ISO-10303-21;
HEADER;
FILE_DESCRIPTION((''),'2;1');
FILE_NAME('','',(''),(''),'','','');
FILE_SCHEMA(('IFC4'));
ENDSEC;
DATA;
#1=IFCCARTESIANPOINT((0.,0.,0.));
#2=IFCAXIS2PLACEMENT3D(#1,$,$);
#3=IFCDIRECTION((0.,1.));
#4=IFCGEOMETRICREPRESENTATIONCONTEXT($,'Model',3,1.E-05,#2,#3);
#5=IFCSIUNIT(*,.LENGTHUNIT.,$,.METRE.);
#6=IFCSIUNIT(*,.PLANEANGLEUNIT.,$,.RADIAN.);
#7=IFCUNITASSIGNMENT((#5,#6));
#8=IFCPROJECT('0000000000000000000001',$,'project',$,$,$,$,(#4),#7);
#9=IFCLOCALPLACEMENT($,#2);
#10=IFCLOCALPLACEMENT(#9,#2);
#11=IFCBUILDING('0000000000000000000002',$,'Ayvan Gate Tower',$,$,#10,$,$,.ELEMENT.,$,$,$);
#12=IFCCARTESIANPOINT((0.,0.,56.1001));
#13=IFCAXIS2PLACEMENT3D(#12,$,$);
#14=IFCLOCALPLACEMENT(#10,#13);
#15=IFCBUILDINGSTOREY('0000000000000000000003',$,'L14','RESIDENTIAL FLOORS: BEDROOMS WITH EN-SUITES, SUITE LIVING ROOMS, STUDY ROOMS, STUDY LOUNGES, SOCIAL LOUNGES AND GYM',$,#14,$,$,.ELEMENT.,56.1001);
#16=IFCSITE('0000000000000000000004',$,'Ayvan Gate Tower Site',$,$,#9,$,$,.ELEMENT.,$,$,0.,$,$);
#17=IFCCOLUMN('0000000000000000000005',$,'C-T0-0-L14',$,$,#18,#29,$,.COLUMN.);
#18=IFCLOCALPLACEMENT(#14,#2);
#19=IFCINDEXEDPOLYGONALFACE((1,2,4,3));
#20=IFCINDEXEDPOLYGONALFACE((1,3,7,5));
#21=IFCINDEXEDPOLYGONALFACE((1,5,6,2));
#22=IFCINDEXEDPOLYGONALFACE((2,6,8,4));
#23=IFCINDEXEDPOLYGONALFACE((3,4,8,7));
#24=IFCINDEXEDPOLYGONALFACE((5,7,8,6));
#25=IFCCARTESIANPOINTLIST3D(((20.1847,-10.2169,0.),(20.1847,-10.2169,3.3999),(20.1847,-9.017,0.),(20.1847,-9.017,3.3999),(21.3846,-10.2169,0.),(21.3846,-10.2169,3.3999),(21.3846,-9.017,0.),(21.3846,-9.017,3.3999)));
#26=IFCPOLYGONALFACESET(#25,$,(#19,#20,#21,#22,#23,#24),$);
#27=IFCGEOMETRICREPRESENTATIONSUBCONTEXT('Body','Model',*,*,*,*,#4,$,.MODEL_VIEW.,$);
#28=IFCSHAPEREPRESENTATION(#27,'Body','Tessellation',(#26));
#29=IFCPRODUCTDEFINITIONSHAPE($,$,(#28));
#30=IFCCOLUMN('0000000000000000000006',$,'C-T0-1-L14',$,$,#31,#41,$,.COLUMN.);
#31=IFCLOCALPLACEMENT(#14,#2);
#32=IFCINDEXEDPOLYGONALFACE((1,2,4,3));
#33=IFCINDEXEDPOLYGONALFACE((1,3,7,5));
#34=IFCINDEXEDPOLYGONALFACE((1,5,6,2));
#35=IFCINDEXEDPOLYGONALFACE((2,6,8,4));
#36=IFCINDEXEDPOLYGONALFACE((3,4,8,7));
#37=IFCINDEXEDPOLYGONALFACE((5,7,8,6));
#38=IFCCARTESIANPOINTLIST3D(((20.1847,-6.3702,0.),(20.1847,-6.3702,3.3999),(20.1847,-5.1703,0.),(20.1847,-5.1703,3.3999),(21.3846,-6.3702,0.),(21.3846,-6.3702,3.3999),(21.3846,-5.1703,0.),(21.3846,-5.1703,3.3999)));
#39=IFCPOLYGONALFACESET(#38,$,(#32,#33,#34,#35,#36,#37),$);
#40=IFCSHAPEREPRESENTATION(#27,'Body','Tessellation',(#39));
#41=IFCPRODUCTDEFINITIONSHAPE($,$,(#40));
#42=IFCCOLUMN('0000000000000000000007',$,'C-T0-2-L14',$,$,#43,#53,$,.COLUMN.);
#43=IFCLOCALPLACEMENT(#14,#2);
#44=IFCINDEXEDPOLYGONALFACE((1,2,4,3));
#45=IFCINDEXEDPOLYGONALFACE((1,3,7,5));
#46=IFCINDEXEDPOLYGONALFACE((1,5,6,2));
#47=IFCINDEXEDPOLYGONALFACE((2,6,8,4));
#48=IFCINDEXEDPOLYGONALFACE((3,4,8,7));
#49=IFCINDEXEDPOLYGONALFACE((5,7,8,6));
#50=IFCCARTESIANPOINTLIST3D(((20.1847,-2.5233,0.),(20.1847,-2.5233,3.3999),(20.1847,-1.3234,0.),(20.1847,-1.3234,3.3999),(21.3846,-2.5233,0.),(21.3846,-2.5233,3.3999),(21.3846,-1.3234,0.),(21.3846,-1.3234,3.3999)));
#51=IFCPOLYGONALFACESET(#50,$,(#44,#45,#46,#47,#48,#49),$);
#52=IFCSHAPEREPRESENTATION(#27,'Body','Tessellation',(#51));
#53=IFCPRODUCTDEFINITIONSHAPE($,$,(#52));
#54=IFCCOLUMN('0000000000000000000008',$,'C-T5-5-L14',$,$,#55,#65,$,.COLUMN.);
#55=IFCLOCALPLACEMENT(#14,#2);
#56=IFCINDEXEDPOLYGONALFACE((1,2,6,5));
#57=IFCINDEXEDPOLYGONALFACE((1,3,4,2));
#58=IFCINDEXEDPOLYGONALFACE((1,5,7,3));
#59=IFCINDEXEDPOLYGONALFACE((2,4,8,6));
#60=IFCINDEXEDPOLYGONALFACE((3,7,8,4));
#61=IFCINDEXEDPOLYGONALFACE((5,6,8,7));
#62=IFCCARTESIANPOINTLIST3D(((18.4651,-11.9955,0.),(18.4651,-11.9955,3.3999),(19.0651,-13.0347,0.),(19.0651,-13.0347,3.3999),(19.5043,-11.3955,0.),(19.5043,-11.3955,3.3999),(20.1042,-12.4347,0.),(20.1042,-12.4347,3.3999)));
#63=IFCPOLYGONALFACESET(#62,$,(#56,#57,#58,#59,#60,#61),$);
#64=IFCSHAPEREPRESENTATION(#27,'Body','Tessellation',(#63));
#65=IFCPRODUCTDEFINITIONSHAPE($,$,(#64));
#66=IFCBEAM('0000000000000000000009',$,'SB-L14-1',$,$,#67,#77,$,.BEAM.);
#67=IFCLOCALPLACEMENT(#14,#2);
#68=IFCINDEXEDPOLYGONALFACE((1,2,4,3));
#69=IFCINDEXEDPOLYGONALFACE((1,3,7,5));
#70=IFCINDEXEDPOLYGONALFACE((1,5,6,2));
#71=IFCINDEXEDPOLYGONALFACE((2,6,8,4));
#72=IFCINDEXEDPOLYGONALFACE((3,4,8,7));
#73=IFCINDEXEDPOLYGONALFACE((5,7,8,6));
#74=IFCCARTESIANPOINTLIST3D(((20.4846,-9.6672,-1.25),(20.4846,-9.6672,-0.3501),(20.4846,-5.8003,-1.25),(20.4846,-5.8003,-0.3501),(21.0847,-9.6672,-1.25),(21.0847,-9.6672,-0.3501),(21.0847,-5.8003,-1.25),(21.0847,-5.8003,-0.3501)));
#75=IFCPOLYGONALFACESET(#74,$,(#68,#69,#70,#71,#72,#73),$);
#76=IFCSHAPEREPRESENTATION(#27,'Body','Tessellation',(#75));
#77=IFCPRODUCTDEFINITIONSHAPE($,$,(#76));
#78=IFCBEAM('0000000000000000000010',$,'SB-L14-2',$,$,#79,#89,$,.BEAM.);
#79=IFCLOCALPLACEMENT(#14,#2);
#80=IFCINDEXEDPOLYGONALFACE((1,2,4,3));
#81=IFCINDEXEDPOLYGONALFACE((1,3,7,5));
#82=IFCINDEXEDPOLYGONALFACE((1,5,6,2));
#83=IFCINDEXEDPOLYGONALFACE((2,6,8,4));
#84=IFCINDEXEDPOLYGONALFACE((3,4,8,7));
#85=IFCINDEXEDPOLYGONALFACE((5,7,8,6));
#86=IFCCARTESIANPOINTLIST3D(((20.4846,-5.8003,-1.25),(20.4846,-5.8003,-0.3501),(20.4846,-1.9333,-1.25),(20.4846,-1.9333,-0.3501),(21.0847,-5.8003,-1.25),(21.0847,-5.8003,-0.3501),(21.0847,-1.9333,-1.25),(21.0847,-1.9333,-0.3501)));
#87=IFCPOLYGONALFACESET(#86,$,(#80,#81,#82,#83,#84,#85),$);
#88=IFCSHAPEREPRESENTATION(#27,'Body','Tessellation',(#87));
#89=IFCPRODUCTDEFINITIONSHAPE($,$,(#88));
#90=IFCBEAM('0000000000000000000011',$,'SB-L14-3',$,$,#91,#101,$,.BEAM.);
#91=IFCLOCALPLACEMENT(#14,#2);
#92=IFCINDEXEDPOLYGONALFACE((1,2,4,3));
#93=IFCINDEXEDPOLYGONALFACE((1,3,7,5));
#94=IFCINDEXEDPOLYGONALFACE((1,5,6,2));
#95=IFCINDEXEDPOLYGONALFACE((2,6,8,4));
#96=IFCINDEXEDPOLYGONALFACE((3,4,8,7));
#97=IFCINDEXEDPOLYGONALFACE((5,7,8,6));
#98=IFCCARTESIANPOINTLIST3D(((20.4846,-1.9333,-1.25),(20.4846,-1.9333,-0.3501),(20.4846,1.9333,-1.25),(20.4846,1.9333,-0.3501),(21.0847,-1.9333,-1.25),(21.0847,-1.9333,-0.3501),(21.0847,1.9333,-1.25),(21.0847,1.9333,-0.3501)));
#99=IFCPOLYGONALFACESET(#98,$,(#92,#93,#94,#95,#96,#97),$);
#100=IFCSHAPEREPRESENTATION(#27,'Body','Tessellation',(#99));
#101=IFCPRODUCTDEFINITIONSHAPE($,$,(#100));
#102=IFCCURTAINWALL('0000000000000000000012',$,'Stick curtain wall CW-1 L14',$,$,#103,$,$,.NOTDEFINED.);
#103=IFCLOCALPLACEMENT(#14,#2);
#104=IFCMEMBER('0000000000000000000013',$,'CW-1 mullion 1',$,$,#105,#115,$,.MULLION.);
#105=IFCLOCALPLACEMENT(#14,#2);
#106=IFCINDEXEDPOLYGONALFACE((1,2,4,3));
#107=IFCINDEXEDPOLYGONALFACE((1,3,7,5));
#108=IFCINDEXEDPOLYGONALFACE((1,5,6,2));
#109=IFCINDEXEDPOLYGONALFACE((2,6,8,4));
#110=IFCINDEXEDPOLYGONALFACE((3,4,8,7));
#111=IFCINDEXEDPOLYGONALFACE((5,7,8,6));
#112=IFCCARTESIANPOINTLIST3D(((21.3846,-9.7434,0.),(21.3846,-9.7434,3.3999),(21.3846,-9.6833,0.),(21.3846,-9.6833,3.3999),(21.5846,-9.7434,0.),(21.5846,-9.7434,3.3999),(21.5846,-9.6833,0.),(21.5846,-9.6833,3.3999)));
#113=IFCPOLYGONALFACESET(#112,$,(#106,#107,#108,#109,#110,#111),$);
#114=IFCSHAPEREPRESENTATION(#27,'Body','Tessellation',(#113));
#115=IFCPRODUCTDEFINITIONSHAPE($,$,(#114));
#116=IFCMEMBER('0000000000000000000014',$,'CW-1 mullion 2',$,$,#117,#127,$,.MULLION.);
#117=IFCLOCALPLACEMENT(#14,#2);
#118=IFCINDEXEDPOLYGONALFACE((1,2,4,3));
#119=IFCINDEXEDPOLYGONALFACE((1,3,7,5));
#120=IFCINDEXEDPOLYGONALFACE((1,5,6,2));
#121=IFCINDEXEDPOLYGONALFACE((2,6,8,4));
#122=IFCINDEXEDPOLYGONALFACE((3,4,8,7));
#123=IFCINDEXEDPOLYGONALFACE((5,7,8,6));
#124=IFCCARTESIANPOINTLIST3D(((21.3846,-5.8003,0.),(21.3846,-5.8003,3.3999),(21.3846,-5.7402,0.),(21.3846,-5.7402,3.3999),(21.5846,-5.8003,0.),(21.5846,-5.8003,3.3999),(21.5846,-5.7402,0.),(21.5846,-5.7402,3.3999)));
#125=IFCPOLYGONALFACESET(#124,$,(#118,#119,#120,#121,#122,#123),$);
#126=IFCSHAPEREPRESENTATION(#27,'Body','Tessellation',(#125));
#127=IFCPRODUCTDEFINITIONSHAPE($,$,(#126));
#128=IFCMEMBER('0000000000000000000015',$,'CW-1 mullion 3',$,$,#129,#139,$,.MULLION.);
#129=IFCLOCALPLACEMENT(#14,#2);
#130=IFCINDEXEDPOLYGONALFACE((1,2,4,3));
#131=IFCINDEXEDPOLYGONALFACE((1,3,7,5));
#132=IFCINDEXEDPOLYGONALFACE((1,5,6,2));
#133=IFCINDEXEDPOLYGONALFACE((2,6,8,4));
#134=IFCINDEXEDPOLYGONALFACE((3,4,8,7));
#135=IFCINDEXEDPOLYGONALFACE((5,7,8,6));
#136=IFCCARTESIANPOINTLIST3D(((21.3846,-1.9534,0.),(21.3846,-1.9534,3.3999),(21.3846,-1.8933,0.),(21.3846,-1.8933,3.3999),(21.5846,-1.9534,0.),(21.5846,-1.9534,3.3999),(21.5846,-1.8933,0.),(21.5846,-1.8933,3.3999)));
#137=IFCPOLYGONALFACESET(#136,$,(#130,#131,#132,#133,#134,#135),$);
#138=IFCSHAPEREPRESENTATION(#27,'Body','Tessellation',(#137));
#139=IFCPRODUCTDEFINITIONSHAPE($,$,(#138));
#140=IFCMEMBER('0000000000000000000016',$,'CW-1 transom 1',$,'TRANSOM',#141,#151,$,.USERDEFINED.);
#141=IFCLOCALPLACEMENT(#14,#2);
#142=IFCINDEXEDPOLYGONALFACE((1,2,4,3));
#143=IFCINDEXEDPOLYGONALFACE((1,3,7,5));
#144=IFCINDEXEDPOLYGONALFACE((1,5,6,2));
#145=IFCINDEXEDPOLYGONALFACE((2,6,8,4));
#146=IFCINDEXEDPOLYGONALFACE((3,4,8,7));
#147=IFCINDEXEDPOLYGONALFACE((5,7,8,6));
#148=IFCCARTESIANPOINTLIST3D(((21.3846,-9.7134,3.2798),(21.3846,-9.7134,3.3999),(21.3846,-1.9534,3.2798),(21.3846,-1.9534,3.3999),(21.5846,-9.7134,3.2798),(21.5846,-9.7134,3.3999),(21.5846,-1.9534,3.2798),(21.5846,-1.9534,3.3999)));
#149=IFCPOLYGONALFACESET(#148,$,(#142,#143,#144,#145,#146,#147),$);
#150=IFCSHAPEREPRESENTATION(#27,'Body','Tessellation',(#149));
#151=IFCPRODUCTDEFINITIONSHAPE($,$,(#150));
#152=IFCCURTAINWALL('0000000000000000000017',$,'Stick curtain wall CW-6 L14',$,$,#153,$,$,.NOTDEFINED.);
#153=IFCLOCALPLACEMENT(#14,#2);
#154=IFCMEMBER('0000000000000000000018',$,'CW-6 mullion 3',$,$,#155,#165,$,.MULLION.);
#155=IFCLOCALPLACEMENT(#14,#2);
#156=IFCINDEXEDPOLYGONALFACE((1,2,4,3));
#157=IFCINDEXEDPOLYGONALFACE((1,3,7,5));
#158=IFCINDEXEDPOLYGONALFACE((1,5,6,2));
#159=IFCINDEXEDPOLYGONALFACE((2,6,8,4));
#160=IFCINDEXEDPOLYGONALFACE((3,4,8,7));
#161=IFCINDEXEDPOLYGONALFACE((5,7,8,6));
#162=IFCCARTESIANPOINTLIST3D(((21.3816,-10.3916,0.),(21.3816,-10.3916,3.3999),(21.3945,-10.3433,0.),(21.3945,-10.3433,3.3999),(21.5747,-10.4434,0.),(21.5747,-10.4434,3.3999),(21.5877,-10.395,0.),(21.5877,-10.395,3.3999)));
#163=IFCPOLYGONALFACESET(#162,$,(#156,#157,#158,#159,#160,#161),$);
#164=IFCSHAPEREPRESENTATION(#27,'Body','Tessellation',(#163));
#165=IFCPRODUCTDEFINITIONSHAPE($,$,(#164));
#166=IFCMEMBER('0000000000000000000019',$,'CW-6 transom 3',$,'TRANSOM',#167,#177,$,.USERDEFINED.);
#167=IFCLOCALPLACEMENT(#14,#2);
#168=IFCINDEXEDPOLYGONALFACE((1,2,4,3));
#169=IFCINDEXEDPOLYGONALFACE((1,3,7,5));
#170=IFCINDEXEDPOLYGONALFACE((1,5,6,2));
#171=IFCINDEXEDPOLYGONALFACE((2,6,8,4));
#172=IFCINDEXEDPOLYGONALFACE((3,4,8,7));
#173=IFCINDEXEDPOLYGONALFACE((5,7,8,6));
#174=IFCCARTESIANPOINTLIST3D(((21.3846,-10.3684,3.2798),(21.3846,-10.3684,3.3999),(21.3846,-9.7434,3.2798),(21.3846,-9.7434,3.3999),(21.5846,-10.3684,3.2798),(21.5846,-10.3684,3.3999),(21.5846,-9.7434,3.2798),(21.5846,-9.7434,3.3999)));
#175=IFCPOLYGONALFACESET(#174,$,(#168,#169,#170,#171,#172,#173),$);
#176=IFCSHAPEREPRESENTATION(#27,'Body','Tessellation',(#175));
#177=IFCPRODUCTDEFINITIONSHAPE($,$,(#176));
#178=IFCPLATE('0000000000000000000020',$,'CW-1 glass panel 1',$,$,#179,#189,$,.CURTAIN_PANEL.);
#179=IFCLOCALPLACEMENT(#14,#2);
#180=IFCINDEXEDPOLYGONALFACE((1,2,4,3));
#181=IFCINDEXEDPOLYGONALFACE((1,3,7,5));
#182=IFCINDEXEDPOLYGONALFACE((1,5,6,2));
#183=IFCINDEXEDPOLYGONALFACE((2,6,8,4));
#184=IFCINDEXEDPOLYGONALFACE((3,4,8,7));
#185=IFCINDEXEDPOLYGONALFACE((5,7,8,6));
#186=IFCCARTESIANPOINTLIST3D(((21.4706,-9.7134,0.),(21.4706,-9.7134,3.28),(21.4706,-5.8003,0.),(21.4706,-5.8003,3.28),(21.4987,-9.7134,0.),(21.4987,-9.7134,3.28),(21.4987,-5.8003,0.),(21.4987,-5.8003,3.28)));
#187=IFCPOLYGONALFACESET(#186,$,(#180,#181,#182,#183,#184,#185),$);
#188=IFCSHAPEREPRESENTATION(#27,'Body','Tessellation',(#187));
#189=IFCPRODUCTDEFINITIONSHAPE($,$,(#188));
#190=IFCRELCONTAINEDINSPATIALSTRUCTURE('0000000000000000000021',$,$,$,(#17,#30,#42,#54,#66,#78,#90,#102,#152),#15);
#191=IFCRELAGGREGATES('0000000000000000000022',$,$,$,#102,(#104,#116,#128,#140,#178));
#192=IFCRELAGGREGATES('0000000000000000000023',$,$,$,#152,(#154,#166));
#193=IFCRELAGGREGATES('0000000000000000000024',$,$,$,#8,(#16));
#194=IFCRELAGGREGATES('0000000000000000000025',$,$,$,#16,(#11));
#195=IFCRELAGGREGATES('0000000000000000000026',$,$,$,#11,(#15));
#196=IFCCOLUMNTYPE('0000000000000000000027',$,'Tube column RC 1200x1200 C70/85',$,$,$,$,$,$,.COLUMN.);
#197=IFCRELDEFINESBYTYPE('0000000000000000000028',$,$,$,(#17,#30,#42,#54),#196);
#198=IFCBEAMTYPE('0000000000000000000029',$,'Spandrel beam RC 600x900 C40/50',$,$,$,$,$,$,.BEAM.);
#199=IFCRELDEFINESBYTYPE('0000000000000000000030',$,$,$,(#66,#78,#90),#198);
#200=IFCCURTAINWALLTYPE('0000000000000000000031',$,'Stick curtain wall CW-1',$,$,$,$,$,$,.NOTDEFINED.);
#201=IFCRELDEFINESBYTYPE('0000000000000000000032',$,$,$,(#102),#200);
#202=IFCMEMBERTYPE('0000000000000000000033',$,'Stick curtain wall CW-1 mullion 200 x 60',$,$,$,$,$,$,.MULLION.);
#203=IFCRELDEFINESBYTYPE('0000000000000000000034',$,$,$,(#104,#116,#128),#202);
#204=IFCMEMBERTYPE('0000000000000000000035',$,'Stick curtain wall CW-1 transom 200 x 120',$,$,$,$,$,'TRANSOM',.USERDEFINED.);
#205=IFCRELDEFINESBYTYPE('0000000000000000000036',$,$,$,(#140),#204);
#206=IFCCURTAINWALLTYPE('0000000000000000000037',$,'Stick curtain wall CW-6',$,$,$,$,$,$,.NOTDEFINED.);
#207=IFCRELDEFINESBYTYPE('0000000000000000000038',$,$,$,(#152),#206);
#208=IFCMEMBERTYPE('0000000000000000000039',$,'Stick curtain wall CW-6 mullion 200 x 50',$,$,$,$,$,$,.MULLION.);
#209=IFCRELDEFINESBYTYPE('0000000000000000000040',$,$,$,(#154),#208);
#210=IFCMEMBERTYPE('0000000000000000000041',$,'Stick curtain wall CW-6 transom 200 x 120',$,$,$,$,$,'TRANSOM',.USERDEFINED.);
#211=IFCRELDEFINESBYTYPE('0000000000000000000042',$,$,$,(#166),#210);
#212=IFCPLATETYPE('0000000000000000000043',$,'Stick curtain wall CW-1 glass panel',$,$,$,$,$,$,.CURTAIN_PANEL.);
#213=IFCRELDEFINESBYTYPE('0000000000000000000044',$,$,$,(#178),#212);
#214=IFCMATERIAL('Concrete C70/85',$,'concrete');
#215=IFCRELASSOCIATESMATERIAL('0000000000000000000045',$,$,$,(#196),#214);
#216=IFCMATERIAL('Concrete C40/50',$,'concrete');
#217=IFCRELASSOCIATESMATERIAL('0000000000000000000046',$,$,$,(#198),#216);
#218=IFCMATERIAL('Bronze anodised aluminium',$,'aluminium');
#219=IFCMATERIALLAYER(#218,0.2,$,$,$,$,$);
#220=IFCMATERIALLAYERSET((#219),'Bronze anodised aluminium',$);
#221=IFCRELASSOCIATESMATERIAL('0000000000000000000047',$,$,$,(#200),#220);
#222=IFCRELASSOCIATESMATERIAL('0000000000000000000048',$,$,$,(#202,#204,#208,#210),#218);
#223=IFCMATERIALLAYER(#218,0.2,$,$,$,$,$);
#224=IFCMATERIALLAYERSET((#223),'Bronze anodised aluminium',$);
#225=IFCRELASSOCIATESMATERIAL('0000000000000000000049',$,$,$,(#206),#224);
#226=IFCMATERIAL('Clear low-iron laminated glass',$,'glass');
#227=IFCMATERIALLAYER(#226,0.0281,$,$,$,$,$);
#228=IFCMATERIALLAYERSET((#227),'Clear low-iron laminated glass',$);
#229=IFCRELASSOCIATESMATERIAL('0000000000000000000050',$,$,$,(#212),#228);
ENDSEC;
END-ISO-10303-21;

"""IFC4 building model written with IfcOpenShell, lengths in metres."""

from ifc_helpers import new_model, si_unit, direction, frame, origin, origin_2d, place, context, subcontext, project, spatial, rectangle, extrude, material, layer, layer_set, material_profile, profile_set, type_object, element, aggregate, save


model = new_model("IFC4")

# Units and contexts
model_context = context("Model", 3, precision=1e-05, world=origin(), true_north=direction((0.0, 1.0)))
body_context = subcontext(model_context, "Body", "Model", "MODEL_VIEW")
ifc_project = project(units=[si_unit("LENGTHUNIT", "METRE"), si_unit("PLANEANGLEUNIT", "RADIAN")], contexts=[model_context])

# Site, building, storey
site_placement = place(None, origin())
site = spatial("IfcSite", under=ifc_project, at=site_placement, Name="Ayvan Gate Tower Site", CompositionType="ELEMENT", RefElevation=0.0)
building_placement = place(site_placement, origin())
building = spatial("IfcBuilding", under=site, at=building_placement, Name="Ayvan Gate Tower", CompositionType="ELEMENT")
storey_placement = place(building_placement, frame((0.0, 0.0, 56.1001)))
storey = spatial("IfcBuildingStorey", under=building, at=storey_placement, Name="L14", Description="RESIDENTIAL FLOORS: BEDROOMS WITH EN-SUITES, SUITE LIVING ROOMS, STUDY ROOMS, STUDY LOUNGES, SOCIAL LOUNGES AND GYM", CompositionType="ELEMENT", Elevation=56.1001)

# Columns
ifc_material_1 = material(Name="Concrete C70/85", Category="concrete")
ifc_material_profile_1 = material_profile(ifc_material_1, rectangle(XDim=1.2, YDim=1.2, at=origin_2d()), Name="RC 1200x1200")
ifc_profile_set_1 = profile_set([ifc_material_profile_1], Name="Concrete C70/85")
column_type = type_object("IfcColumnType", Name="Tube column RC 1200x1200 C70/85", PredefinedType="COLUMN", material=ifc_profile_set_1)
for number, where, z_axis, x_axis, name in (
    (1, (20.7847, -9.6169, 0.0), (0.0, 0.0, 1.0), (1.0, 0.0, 0.0), "C-T0-0-L14"),
    (2, (20.7847, -5.7703, 0.0), (0.0, 0.0, 1.0), (1.0, 0.0, 0.0), "C-T0-1-L14"),
    (3, (20.7847, -1.9233, 0.0), (0.0, 0.0, 1.0), (1.0, 0.0, 0.0), "C-T0-2-L14"),
    (4, (19.2847, -12.2151, 0.0), (0.0, 0.0, 1.0), (0.5, -0.866025, 0.0), "C-T5-5-L14"),
):
    element("IfcColumn", number, at=place(storey_placement, frame(where, z_axis=z_axis, x_axis=x_axis)), inside=storey, type_object=column_type, Name=name, PredefinedType="COLUMN", context=body_context, shape_type="SweptSolid", body=[
        extrude(rectangle(XDim=1.2, YDim=1.2, at=origin_2d()), origin(), (0.0, 0.0, 1.0), 3.3999),
    ])

# Beams
ifc_material_2 = material(Name="Concrete C40/50", Category="concrete")
ifc_material_profile_2 = material_profile(ifc_material_2, rectangle(XDim=0.6001, YDim=0.8999, at=origin_2d()), Name="RC 600x900")
ifc_profile_set_2 = profile_set([ifc_material_profile_2], Name="Concrete C40/50")
beam_type = type_object("IfcBeamType", Name="Spandrel beam RC 600x900 C40/50", PredefinedType="BEAM", material=ifc_profile_set_2)
for number, where, z_axis, x_axis, name in (
    (5, (20.7847, -9.6672, -0.8), (0.0, 1.0, 0.0), (-1.0, 0.0, 0.0), "SB-L14-1"),
    (6, (20.7847, -5.8003, -0.8), (0.0, 1.0, 0.0), (-1.0, 0.0, 0.0), "SB-L14-2"),
):
    element("IfcBeam", number, at=place(storey_placement, frame(where, z_axis=z_axis, x_axis=x_axis)), inside=storey, type_object=beam_type, Name=name, PredefinedType="BEAM", context=body_context, shape_type="SweptSolid", body=[
        extrude(rectangle(XDim=0.6001, YDim=0.8999, at=origin_2d()), origin(), (0.0, 0.0, 1.0), 3.8669),
    ])
beam_placement = place(storey_placement, frame((20.7847, -1.9333, -0.8), z_axis=(0.0, 1.0, 0.0), x_axis=(-1.0, 0.0, 0.0)))
element("IfcBeam", 7, at=beam_placement, inside=storey, type_object=beam_type, Name="SB-L14-3", PredefinedType="BEAM", context=body_context, shape_type="SweptSolid", body=[
    extrude(rectangle(XDim=0.6001, YDim=0.8999, at=origin_2d()), origin(), (0.0, 0.0, 1.0), 3.8667),
])

# Curtain walls, members
ifc_material_3 = material(Name="Bronze anodised aluminium", Category="aluminium")
ifc_layer_1 = layer(ifc_material_3, 0.2)
ifc_layer_set_1 = layer_set([ifc_layer_1], Name="Bronze anodised aluminium")
curtain_wall_type_1 = type_object("IfcCurtainWallType", Name="Stick curtain wall CW-1", PredefinedType="NOTDEFINED", material=ifc_layer_set_1)
curtain_wall_1_placement = place(storey_placement, origin())
curtain_wall_1 = element("IfcCurtainWall", 8, at=curtain_wall_1_placement, inside=storey, type_object=curtain_wall_type_1, Name="Stick curtain wall CW-1 L14", PredefinedType="NOTDEFINED")
ifc_material_profile_3 = material_profile(ifc_material_3, rectangle(XDim=0.2, YDim=0.0601, at=origin_2d()), Name="Stick curtain wall CW-1 mullion 200 x 60")
ifc_profile_set_3 = profile_set([ifc_material_profile_3], Name="Bronze anodised aluminium")
member_type_1 = type_object("IfcMemberType", Name="Stick curtain wall CW-1 mullion 200 x 60", PredefinedType="MULLION", material=ifc_profile_set_3)
member_1_placement = place(storey_placement, frame((21.4846, -9.7134, 0.0), z_axis=(0.0, 0.0, 1.0), x_axis=(1.0, 0.0, 0.0)))
member_1 = element("IfcMember", 9, at=member_1_placement, type_object=member_type_1, Name="CW-1 mullion 1", PredefinedType="MULLION", context=body_context, shape_type="SweptSolid", body=[
    extrude(rectangle(XDim=0.2, YDim=0.0601, at=origin_2d()), origin(), (0.0, 0.0, 1.0), 3.3999),
])
member_2_placement = place(storey_placement, frame((21.4846, -5.7703, 0.0), z_axis=(0.0, 0.0, 1.0), x_axis=(1.0, 0.0, 0.0)))
member_2 = element("IfcMember", 10, at=member_2_placement, type_object=member_type_1, Name="CW-1 mullion 2", PredefinedType="MULLION", context=body_context, shape_type="SweptSolid", body=[
    extrude(rectangle(XDim=0.2, YDim=0.0601, at=origin_2d()), origin(), (0.0, 0.0, 1.0), 3.3999),
])
member_3_placement = place(storey_placement, frame((21.4846, -1.9233, 0.0), z_axis=(0.0, 0.0, 1.0), x_axis=(1.0, 0.0, 0.0)))
member_3 = element("IfcMember", 11, at=member_3_placement, type_object=member_type_1, Name="CW-1 mullion 3", PredefinedType="MULLION", context=body_context, shape_type="SweptSolid", body=[
    extrude(rectangle(XDim=0.2, YDim=0.0601, at=origin_2d()), origin(), (0.0, 0.0, 1.0), 3.3999),
])
ifc_material_profile_4 = material_profile(ifc_material_3, rectangle(XDim=0.2, YDim=0.1201, at=origin_2d()), Name="Stick curtain wall CW-1 transom 200 x 120")
ifc_profile_set_4 = profile_set([ifc_material_profile_4], Name="Bronze anodised aluminium")
member_type_2 = type_object("IfcMemberType", Name="Stick curtain wall CW-1 transom 200 x 120", ElementType="TRANSOM", PredefinedType="USERDEFINED", material=ifc_profile_set_4)
member_4_placement = place(storey_placement, frame((21.4846, -9.7134, 3.3398), z_axis=(0.0, 1.0, 0.0), x_axis=(-1.0, 0.0, 0.0)))
member_4 = element("IfcMember", 12, at=member_4_placement, type_object=member_type_2, Name="CW-1 transom 1", ObjectType="TRANSOM", PredefinedType="USERDEFINED", context=body_context, shape_type="SweptSolid", body=[
    extrude(rectangle(XDim=0.2, YDim=0.1201, at=origin_2d()), origin(), (0.0, 0.0, 1.0), 7.76),
])
ifc_layer_2 = layer(ifc_material_3, 0.2)
ifc_layer_set_2 = layer_set([ifc_layer_2], Name="Bronze anodised aluminium")
curtain_wall_type_2 = type_object("IfcCurtainWallType", Name="Stick curtain wall CW-6", PredefinedType="NOTDEFINED", material=ifc_layer_set_2)
curtain_wall_2_placement = place(storey_placement, origin())
curtain_wall_2 = element("IfcCurtainWall", 13, at=curtain_wall_2_placement, inside=storey, type_object=curtain_wall_type_2, Name="Stick curtain wall CW-6 L14", PredefinedType="NOTDEFINED")
ifc_material_profile_5 = material_profile(ifc_material_3, rectangle(XDim=0.2, YDim=0.05, at=origin_2d()), Name="Stick curtain wall CW-6 mullion 200 x 50")
ifc_profile_set_5 = profile_set([ifc_material_profile_5], Name="Bronze anodised aluminium")
member_type_3 = type_object("IfcMemberType", Name="Stick curtain wall CW-6 mullion 200 x 50", PredefinedType="MULLION", material=ifc_profile_set_5)
member_5_placement = place(storey_placement, frame((21.4846, -10.3933, 0.0), z_axis=(0.0, 0.0, 1.0), x_axis=(0.965926, -0.258819, 0.0)))
member_5 = element("IfcMember", 14, at=member_5_placement, type_object=member_type_3, Name="CW-6 mullion 3", PredefinedType="MULLION", context=body_context, shape_type="SweptSolid", body=[
    extrude(rectangle(XDim=0.2, YDim=0.05, at=origin_2d()), origin(), (0.0, 0.0, 1.0), 3.3999),
])
ifc_material_profile_6 = material_profile(ifc_material_3, rectangle(XDim=0.2, YDim=0.1201, at=origin_2d()), Name="Stick curtain wall CW-6 transom 200 x 120")
ifc_profile_set_6 = profile_set([ifc_material_profile_6], Name="Bronze anodised aluminium")
member_type_4 = type_object("IfcMemberType", Name="Stick curtain wall CW-6 transom 200 x 120", ElementType="TRANSOM", PredefinedType="USERDEFINED", material=ifc_profile_set_6)
member_6_placement = place(storey_placement, frame((21.4846, -10.3684, 3.3398), z_axis=(0.0, 1.0, 0.0), x_axis=(-1.0, 0.0, 0.0)))
member_6 = element("IfcMember", 15, at=member_6_placement, type_object=member_type_4, Name="CW-6 transom 3", ObjectType="TRANSOM", PredefinedType="USERDEFINED", context=body_context, shape_type="SweptSolid", body=[
    extrude(rectangle(XDim=0.2, YDim=0.1201, at=origin_2d()), origin(), (0.0, 0.0, 1.0), 0.625),
])

# Plate
ifc_material_4 = material(Name="Clear low-iron laminated glass", Category="glass")
ifc_layer_3 = layer(ifc_material_4, 0.0281)
ifc_layer_set_3 = layer_set([ifc_layer_3], Name="Clear low-iron laminated glass")
plate_type_1 = type_object("IfcPlateType", Name="Stick curtain wall CW-1 glass panel", PredefinedType="CURTAIN_PANEL", material=ifc_layer_set_3)
plate_1_placement = place(storey_placement, frame((21.4846, -7.7568, 0.0), z_axis=(0.0, 0.0, 1.0), x_axis=(0.0, 1.0, 0.0)))
plate_1 = element("IfcPlate", 16, at=plate_1_placement, type_object=plate_type_1, Name="CW-1 glass panel 1", PredefinedType="CURTAIN_PANEL", context=body_context, shape_type="SweptSolid", body=[
    extrude(rectangle(XDim=3.9131, YDim=0.0281, at=origin_2d()), origin(), (0.0, 0.0, 1.0), 3.28),
])
aggregate(curtain_wall_1, [member_1, member_2, member_3, member_4, plate_1])
aggregate(curtain_wall_2, [member_5, member_6])

save(model, "model.ifc")
